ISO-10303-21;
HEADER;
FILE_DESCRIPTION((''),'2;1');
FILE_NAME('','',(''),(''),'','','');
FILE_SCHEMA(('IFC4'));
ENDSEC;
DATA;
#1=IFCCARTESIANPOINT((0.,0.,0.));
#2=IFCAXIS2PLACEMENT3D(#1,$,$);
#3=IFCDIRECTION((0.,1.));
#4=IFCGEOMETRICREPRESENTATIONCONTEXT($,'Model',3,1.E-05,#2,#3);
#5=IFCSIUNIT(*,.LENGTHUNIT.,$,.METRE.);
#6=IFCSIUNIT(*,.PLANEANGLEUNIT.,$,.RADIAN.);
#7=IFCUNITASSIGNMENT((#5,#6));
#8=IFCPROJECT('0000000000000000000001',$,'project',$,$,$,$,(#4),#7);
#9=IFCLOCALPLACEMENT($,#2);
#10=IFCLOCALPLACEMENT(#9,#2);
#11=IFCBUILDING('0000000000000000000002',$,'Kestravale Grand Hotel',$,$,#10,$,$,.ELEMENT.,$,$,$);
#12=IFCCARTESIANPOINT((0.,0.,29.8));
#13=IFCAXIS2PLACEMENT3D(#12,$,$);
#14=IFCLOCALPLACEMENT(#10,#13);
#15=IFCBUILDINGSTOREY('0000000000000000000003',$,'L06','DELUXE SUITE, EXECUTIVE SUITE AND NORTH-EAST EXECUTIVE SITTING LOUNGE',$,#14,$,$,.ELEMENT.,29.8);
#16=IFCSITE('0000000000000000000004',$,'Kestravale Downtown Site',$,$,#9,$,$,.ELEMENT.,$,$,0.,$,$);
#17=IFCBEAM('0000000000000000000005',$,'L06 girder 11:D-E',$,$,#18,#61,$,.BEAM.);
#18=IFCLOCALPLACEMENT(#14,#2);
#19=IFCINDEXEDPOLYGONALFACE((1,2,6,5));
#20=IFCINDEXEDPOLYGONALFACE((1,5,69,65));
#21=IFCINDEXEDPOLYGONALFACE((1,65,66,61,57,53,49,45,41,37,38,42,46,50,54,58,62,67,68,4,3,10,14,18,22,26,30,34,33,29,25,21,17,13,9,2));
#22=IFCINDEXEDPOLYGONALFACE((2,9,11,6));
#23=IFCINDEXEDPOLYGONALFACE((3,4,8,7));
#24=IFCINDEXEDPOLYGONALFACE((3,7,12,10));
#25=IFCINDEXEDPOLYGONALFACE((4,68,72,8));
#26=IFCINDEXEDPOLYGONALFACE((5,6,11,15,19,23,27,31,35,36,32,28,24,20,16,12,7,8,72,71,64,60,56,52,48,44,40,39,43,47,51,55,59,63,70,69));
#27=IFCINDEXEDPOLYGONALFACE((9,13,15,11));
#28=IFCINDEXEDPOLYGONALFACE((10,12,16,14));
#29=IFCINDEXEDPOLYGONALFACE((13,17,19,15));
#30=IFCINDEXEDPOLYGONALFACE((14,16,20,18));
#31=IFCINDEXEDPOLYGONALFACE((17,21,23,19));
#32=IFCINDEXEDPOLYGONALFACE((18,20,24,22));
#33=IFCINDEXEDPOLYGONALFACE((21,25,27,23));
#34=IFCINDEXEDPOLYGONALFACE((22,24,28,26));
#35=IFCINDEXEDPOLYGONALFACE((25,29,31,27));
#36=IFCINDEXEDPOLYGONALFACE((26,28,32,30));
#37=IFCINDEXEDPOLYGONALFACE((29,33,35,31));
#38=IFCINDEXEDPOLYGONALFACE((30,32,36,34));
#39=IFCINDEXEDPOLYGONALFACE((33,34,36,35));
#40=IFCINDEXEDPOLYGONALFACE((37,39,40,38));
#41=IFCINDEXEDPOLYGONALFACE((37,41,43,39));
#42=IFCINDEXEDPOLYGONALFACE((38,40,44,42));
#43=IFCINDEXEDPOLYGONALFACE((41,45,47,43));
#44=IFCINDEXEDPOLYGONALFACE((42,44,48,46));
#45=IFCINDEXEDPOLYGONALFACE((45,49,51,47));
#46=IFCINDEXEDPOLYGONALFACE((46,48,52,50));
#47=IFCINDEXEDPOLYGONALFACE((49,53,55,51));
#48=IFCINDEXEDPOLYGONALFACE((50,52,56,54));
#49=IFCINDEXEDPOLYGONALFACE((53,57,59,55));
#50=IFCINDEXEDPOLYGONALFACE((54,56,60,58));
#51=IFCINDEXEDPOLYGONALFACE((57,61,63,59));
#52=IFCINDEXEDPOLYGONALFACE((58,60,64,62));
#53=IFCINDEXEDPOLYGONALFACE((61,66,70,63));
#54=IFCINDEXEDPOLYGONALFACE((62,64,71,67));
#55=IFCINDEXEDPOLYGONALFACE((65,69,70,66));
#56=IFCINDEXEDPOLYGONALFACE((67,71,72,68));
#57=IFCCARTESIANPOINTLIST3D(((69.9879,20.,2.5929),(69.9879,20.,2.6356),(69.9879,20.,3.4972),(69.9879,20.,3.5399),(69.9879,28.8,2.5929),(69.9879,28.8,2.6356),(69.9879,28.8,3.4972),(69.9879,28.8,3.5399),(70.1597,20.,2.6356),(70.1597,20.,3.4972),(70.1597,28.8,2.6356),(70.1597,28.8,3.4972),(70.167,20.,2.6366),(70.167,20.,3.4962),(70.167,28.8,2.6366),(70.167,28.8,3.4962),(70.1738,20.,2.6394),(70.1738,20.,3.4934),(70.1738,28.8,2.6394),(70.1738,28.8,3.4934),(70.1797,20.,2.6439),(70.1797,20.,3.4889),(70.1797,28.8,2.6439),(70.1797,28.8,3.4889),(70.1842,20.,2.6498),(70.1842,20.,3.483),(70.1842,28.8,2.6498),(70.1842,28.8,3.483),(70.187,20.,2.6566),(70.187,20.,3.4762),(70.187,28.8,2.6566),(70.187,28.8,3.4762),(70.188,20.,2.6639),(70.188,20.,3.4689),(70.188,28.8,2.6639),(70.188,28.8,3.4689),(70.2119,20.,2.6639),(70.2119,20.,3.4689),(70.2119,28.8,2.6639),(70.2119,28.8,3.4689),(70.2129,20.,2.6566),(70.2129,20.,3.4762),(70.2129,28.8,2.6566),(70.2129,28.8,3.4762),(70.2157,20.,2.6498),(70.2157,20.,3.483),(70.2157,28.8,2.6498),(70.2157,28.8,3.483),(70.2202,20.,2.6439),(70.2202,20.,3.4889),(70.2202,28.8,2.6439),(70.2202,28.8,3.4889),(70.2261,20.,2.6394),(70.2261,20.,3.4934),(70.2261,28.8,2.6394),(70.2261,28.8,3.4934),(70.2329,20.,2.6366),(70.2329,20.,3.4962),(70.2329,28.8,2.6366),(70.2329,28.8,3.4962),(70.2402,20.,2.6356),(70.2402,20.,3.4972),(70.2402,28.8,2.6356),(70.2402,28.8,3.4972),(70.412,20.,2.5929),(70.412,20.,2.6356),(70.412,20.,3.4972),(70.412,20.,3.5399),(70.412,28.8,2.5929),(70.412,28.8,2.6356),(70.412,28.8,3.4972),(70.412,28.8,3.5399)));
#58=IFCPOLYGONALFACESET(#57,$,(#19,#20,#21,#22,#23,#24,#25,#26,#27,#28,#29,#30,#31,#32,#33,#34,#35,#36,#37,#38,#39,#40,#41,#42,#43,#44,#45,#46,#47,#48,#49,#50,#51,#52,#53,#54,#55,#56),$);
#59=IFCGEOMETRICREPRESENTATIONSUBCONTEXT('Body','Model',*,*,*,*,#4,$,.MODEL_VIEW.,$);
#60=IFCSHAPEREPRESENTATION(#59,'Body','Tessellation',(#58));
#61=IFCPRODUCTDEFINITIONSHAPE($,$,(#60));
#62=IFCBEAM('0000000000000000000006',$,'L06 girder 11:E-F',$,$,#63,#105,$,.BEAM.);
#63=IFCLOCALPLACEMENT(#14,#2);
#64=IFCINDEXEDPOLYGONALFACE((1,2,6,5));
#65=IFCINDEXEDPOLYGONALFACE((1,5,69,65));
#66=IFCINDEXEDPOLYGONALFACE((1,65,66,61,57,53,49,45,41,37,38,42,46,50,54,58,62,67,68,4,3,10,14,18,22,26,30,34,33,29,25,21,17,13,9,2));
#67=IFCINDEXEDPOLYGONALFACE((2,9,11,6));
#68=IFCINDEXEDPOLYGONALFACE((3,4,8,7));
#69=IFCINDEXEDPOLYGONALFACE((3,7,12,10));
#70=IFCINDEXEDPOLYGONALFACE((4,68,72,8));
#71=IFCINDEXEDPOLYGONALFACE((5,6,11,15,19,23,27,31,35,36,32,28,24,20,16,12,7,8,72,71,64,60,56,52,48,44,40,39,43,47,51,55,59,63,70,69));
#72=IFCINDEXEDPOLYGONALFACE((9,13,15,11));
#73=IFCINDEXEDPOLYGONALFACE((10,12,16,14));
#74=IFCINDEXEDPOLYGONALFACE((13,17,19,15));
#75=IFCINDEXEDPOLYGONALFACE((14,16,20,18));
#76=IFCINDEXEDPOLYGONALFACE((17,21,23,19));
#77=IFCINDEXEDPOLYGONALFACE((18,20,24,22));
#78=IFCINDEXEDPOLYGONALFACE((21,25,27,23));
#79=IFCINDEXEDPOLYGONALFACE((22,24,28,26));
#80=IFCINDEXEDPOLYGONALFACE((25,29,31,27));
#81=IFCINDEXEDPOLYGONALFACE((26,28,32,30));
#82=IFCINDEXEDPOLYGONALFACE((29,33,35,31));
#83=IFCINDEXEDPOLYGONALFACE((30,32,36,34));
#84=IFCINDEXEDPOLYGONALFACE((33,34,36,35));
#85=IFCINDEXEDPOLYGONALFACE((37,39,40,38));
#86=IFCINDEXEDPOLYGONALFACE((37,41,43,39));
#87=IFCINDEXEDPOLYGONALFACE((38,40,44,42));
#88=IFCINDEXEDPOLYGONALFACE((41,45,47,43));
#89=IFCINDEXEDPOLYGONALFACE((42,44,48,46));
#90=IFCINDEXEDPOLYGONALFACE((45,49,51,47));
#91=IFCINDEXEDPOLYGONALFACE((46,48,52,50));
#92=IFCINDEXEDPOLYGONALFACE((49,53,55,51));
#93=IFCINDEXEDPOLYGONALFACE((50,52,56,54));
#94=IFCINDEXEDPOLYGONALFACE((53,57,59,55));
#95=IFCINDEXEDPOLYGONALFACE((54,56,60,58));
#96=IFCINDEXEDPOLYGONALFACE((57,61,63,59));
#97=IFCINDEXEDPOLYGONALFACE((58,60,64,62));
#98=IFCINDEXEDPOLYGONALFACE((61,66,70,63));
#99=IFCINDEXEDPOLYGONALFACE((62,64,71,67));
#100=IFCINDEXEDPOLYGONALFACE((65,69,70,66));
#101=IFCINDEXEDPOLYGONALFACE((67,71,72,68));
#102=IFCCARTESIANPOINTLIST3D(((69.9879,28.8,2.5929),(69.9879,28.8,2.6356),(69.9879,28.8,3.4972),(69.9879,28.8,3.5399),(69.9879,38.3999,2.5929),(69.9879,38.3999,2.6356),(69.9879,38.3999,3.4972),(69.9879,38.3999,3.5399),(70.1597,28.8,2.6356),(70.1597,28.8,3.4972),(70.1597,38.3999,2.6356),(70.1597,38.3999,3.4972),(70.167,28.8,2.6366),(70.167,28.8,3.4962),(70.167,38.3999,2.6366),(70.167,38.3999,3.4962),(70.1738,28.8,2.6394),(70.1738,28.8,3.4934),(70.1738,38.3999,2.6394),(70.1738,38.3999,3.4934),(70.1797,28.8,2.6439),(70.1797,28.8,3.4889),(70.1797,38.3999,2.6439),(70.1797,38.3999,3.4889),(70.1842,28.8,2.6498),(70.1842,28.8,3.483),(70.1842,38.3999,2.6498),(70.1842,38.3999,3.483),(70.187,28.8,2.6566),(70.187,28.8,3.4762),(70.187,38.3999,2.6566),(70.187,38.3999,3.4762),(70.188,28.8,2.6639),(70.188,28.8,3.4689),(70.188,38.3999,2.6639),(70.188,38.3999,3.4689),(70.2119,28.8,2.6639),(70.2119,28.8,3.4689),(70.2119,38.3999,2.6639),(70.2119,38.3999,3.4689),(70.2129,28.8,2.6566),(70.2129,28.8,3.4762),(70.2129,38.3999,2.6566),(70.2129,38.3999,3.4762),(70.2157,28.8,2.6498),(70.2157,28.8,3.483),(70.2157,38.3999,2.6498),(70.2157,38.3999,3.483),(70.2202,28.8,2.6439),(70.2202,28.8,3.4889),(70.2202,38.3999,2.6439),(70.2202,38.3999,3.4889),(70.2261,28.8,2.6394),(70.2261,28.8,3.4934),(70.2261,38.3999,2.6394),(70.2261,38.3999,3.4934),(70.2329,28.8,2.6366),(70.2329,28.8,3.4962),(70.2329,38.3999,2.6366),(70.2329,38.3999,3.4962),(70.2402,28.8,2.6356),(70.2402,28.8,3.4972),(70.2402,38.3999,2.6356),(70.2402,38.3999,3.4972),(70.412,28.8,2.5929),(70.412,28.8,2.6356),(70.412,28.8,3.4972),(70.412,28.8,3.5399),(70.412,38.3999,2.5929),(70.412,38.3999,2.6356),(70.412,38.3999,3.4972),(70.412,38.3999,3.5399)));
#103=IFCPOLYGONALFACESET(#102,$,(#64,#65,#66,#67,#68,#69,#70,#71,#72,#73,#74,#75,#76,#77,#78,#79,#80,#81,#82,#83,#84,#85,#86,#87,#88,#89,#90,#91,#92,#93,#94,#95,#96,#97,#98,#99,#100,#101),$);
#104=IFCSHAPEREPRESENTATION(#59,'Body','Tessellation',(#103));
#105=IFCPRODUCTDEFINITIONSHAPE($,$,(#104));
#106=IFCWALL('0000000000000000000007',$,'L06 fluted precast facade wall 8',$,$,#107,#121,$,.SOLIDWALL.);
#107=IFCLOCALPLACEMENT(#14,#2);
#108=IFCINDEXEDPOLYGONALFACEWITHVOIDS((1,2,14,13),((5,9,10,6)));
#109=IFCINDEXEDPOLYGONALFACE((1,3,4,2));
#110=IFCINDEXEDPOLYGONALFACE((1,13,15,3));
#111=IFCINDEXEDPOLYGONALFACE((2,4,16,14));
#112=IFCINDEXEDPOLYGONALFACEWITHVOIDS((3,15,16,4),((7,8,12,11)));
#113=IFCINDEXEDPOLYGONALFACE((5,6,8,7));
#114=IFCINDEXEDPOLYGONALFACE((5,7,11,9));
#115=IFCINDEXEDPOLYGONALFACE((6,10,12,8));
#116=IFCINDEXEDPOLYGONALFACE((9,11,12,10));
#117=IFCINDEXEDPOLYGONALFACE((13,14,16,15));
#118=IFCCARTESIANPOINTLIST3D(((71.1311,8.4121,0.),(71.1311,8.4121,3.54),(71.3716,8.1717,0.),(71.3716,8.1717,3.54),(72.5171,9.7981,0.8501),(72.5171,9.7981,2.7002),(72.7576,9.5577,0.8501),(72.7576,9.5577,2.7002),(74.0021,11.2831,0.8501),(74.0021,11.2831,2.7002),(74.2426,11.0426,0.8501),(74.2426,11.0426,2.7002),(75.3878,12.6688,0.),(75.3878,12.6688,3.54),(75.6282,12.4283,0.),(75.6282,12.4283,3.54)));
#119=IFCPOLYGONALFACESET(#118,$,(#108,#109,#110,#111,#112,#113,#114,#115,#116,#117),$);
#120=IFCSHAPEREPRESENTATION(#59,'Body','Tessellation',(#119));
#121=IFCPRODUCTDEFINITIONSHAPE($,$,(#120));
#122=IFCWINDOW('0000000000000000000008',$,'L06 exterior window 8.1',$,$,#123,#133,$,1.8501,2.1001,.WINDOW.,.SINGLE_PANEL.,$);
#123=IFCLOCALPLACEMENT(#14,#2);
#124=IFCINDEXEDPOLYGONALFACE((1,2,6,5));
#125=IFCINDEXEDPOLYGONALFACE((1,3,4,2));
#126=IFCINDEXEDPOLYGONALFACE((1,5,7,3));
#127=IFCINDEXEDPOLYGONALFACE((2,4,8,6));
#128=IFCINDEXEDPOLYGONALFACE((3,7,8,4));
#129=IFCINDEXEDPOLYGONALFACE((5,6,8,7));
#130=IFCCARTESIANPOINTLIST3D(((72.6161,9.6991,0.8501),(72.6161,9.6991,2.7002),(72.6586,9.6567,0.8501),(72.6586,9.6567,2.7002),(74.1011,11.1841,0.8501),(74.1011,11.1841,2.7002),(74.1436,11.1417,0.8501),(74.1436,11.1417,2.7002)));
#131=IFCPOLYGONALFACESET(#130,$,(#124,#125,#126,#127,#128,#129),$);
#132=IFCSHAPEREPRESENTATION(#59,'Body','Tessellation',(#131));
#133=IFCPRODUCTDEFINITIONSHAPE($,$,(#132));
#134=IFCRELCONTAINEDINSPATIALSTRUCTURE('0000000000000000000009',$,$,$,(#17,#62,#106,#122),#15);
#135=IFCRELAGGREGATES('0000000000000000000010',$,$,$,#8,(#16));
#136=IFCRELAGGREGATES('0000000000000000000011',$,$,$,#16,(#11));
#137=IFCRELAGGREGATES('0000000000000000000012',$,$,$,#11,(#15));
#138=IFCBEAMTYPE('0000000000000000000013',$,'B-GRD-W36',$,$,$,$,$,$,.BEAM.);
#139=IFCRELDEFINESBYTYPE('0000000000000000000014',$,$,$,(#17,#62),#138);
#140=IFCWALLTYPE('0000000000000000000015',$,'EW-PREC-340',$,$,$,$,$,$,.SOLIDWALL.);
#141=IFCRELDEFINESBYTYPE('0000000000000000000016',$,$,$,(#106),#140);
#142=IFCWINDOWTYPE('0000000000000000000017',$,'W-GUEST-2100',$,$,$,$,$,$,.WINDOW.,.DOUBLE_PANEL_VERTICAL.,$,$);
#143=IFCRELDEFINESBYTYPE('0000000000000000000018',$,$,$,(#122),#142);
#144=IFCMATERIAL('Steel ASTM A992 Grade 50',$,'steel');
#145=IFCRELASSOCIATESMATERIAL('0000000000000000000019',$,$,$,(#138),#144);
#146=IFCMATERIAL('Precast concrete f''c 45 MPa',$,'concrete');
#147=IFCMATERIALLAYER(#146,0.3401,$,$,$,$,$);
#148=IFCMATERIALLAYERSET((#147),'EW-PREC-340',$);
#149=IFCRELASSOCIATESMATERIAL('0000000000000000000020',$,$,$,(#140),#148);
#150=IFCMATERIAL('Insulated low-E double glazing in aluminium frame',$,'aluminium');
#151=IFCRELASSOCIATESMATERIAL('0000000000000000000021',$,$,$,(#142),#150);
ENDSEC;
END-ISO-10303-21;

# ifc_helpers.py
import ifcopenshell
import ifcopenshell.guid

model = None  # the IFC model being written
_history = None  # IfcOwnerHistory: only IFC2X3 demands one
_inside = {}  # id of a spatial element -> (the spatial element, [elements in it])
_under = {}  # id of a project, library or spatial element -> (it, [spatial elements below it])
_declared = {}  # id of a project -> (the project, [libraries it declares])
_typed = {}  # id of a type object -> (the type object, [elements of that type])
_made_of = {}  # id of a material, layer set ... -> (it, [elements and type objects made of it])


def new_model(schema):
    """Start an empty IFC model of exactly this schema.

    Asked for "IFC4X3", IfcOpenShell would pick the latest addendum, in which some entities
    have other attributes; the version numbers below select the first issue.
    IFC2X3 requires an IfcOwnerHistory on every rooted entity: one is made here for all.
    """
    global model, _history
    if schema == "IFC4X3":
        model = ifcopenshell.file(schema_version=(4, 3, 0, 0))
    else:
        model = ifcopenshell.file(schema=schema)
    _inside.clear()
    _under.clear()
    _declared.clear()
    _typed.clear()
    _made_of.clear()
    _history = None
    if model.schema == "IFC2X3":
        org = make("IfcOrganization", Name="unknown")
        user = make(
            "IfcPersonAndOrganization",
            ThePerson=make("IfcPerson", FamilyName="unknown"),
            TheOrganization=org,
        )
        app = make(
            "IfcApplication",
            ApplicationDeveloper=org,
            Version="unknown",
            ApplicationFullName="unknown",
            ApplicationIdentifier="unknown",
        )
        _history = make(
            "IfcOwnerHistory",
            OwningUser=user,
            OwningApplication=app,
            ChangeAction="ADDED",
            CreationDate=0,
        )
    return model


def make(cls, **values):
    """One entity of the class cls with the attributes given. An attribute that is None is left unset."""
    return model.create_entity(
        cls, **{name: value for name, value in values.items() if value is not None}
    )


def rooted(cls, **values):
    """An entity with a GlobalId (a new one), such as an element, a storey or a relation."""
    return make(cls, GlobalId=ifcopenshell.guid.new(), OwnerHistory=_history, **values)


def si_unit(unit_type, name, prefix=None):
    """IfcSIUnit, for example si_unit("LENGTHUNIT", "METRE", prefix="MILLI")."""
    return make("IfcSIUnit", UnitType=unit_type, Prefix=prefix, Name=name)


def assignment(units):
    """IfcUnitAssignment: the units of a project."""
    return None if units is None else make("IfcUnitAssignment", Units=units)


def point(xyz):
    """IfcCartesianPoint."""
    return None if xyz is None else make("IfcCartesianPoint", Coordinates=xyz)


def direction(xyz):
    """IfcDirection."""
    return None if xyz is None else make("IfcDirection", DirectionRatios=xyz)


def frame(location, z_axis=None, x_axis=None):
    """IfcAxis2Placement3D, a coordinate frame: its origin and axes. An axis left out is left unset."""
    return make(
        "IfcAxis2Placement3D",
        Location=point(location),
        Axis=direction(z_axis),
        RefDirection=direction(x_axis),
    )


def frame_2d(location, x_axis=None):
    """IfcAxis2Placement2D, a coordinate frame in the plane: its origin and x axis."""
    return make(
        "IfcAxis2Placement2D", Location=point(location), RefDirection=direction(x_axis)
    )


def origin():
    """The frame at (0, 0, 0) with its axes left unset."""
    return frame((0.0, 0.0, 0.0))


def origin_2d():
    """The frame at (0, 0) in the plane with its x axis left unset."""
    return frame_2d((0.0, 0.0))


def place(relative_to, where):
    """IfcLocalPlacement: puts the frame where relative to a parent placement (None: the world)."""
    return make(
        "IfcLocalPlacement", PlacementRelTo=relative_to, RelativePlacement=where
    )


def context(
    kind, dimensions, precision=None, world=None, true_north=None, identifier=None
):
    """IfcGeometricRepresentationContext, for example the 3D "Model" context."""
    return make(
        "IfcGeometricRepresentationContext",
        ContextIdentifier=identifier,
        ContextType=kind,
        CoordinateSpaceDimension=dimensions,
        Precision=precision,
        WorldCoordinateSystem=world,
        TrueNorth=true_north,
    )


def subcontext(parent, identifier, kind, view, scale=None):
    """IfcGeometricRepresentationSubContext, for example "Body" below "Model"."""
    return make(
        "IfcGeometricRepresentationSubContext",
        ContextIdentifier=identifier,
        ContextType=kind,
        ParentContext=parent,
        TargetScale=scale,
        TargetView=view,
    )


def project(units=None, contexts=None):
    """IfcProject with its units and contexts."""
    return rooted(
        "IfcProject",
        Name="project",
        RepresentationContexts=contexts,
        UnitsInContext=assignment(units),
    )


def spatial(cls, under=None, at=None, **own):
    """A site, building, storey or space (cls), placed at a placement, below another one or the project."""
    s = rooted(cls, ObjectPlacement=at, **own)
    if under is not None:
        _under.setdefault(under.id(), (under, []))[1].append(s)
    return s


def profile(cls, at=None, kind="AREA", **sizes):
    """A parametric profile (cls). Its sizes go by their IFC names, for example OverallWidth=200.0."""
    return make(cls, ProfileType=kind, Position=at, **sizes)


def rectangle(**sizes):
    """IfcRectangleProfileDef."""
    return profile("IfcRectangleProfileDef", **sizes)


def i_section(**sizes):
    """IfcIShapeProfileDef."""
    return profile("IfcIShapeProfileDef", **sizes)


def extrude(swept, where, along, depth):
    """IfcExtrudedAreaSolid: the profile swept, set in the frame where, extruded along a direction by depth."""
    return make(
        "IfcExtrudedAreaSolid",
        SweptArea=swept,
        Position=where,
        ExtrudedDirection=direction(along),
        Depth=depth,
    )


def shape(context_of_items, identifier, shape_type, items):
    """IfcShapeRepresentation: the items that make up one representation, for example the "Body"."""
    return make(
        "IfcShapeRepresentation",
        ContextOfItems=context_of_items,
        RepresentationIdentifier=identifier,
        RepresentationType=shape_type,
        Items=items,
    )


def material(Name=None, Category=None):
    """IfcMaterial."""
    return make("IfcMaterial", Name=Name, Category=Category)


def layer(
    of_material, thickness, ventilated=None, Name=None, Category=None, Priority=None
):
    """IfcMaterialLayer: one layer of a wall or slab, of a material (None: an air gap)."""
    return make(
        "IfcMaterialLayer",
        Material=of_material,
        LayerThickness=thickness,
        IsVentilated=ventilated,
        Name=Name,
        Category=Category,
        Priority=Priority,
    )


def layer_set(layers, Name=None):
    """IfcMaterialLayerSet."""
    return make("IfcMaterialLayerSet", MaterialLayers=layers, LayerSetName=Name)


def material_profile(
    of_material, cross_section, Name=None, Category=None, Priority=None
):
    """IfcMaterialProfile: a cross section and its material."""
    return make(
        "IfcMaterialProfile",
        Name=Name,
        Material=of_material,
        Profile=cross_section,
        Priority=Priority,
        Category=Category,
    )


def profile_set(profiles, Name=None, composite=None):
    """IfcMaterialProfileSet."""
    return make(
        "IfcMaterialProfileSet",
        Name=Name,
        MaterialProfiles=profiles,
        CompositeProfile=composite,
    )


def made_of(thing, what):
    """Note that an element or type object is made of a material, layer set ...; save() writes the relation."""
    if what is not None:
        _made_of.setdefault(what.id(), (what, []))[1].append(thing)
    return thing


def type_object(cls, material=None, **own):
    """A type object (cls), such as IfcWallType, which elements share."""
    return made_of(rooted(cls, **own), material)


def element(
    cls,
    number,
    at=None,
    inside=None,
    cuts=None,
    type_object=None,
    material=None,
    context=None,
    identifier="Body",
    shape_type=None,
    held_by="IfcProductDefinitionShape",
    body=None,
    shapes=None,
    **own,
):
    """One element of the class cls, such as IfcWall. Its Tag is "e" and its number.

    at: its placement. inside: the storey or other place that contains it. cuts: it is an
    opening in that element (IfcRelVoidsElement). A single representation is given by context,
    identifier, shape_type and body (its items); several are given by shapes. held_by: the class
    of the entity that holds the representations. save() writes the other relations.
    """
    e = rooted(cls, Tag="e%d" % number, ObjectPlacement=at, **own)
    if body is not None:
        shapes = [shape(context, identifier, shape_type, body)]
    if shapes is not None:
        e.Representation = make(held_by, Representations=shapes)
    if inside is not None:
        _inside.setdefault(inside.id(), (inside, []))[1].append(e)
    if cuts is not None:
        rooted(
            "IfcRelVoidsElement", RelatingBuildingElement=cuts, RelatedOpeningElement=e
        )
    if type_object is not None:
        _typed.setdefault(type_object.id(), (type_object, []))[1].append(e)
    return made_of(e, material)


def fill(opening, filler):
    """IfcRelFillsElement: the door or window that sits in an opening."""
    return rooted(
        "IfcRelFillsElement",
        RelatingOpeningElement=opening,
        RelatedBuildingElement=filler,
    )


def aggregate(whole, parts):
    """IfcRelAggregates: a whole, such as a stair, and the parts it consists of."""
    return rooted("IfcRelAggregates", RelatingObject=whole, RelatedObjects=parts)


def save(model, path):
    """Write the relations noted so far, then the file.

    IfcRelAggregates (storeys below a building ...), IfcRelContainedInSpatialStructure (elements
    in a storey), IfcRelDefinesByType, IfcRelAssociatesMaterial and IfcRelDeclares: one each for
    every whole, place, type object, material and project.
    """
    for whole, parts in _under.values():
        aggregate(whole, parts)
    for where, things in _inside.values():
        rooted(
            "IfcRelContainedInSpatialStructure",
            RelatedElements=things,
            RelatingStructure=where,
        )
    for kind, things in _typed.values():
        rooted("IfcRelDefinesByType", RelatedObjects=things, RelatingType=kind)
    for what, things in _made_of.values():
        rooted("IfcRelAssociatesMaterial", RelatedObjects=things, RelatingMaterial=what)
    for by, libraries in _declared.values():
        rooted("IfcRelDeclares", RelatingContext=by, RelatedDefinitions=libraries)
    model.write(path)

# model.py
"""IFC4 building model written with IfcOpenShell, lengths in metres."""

from ifc_helpers import new_model, si_unit, direction, frame, frame_2d, origin, origin_2d, place, context, subcontext, project, spatial, rectangle, i_section, extrude, material, layer, layer_set, material_profile, profile_set, type_object, element, fill, save


model = new_model("IFC4")

# Units and contexts
model_context = context("Model", 3, precision=1e-05, world=origin(), true_north=direction((0.0, 1.0)))
body_context = subcontext(model_context, "Body", "Model", "MODEL_VIEW")
ifc_project = project(units=[si_unit("LENGTHUNIT", "METRE"), si_unit("PLANEANGLEUNIT", "RADIAN")], contexts=[model_context])

# Site, building, storey
site_placement = place(None, origin())
site = spatial("IfcSite", under=ifc_project, at=site_placement, Name="Kestravale Downtown Site", CompositionType="ELEMENT", RefElevation=0.0)
building_placement = place(site_placement, origin())
building = spatial("IfcBuilding", under=site, at=building_placement, Name="Kestravale Grand Hotel", CompositionType="ELEMENT")
storey_placement = place(building_placement, frame((0.0, 0.0, 29.8)))
storey = spatial("IfcBuildingStorey", under=building, at=storey_placement, Name="L06", Description="DELUXE SUITE, EXECUTIVE SUITE AND NORTH-EAST EXECUTIVE SITTING LOUNGE", CompositionType="ELEMENT", Elevation=29.8)

# Beams
ifc_material_1 = material(Name="Steel ASTM A992 Grade 50", Category="steel")
ifc_material_profile_1 = material_profile(ifc_material_1, i_section(OverallWidth=0.4241, OverallDepth=0.947, WebThickness=0.0239, FlangeThickness=0.0427, FilletRadius=0.0283, at=origin_2d()))
ifc_profile_set_1 = profile_set([ifc_material_profile_1], Name="Steel ASTM A992 Grade 50")
beam_type_1 = type_object("IfcBeamType", Name="B-GRD-W36", PredefinedType="BEAM", material=ifc_profile_set_1)
beam_1_placement = place(storey_placement, frame((70.2, 20.0, 3.0664), z_axis=(0.0, 1.0, 0.0), x_axis=(-1.0, 0.0, 0.0)))
element("IfcBeam", 1, at=beam_1_placement, inside=storey, type_object=beam_type_1, Name="L06 girder 11:D-E", PredefinedType="BEAM", context=body_context, shape_type="SweptSolid", body=[
    extrude(i_section(OverallWidth=0.4241, OverallDepth=0.947, WebThickness=0.0239, FlangeThickness=0.0427, FilletRadius=0.0283, at=origin_2d()), origin(), (0.0, 0.0, 1.0), 8.8),
])
beam_2_placement = place(storey_placement, frame((70.2, 28.8, 3.0664), z_axis=(0.0, 1.0, 0.0), x_axis=(-1.0, 0.0, 0.0)))
element("IfcBeam", 2, at=beam_2_placement, inside=storey, type_object=beam_type_1, Name="L06 girder 11:E-F", PredefinedType="BEAM", context=body_context, shape_type="SweptSolid", body=[
    extrude(i_section(OverallWidth=0.4241, OverallDepth=0.947, WebThickness=0.0239, FlangeThickness=0.0427, FilletRadius=0.0283, at=origin_2d()), origin(), (0.0, 0.0, 1.0), 9.5999),
])

# Wall, opening, window
ifc_material_2 = material(Name="Precast concrete f'c 45 MPa", Category="concrete")
ifc_layer_1 = layer(ifc_material_2, 0.3401)
ifc_layer_set_1 = layer_set([ifc_layer_1], Name="EW-PREC-340")
wall_type_1 = type_object("IfcWallType", Name="EW-PREC-340", PredefinedType="SOLIDWALL", material=ifc_layer_set_1)
wall_1_placement = place(storey_placement, frame((71.2515, 8.292, 0.0), z_axis=(0.0, 0.0, 1.0), x_axis=(0.707107, 0.707107, 0.0)))
wall_1 = element("IfcWall", 3, at=wall_1_placement, inside=storey, type_object=wall_type_1, Name="L06 fluted precast facade wall 8", PredefinedType="SOLIDWALL", context=body_context, shape_type="SweptSolid", body=[
    extrude(rectangle(XDim=6.0198, YDim=0.3401, at=frame_2d((3.0098, 0.0))), origin(), (0.0, 0.0, 1.0), 3.54),
])
opening_1_placement = place(wall_1_placement, frame((1.96, 0.0, 0.8501)))
opening_1 = element("IfcOpeningElement", 4, at=opening_1_placement, cuts=wall_1, PredefinedType="OPENING", context=body_context, shape_type="SweptSolid", body=[
    extrude(rectangle(XDim=2.1001, YDim=1.8501, at=frame_2d((1.05, 0.925))), frame((0.0, 0.1799, 0.0), z_axis=(0.0, -1.0, 0.0), x_axis=(1.0, 0.0, 0.0)), (0.0, 0.0, 1.0), 0.3601),
])
ifc_material_3 = material(Name="Insulated low-E double glazing in aluminium frame", Category="aluminium")
window_type = type_object("IfcWindowType", Name="W-GUEST-2100", PartitioningType="DOUBLE_PANEL_VERTICAL", PredefinedType="WINDOW", material=ifc_material_3)
window_1_placement = place(opening_1_placement, origin())
window_1 = element("IfcWindow", 5, at=window_1_placement, inside=storey, type_object=window_type, Name="L06 exterior window 8.1", OverallHeight=1.8501, OverallWidth=2.1001, PartitioningType="SINGLE_PANEL", PredefinedType="WINDOW", context=body_context, shape_type="SweptSolid", body=[
    extrude(rectangle(XDim=2.1001, YDim=1.8501, at=frame_2d((1.05, 0.925))), frame((0.0, 0.03, 0.0), z_axis=(0.0, -1.0, 0.0), x_axis=(1.0, 0.0, 0.0)), (0.0, 0.0, 1.0), 0.0601),
])
fill(opening_1, window_1)

save(model, "model.ifc")
